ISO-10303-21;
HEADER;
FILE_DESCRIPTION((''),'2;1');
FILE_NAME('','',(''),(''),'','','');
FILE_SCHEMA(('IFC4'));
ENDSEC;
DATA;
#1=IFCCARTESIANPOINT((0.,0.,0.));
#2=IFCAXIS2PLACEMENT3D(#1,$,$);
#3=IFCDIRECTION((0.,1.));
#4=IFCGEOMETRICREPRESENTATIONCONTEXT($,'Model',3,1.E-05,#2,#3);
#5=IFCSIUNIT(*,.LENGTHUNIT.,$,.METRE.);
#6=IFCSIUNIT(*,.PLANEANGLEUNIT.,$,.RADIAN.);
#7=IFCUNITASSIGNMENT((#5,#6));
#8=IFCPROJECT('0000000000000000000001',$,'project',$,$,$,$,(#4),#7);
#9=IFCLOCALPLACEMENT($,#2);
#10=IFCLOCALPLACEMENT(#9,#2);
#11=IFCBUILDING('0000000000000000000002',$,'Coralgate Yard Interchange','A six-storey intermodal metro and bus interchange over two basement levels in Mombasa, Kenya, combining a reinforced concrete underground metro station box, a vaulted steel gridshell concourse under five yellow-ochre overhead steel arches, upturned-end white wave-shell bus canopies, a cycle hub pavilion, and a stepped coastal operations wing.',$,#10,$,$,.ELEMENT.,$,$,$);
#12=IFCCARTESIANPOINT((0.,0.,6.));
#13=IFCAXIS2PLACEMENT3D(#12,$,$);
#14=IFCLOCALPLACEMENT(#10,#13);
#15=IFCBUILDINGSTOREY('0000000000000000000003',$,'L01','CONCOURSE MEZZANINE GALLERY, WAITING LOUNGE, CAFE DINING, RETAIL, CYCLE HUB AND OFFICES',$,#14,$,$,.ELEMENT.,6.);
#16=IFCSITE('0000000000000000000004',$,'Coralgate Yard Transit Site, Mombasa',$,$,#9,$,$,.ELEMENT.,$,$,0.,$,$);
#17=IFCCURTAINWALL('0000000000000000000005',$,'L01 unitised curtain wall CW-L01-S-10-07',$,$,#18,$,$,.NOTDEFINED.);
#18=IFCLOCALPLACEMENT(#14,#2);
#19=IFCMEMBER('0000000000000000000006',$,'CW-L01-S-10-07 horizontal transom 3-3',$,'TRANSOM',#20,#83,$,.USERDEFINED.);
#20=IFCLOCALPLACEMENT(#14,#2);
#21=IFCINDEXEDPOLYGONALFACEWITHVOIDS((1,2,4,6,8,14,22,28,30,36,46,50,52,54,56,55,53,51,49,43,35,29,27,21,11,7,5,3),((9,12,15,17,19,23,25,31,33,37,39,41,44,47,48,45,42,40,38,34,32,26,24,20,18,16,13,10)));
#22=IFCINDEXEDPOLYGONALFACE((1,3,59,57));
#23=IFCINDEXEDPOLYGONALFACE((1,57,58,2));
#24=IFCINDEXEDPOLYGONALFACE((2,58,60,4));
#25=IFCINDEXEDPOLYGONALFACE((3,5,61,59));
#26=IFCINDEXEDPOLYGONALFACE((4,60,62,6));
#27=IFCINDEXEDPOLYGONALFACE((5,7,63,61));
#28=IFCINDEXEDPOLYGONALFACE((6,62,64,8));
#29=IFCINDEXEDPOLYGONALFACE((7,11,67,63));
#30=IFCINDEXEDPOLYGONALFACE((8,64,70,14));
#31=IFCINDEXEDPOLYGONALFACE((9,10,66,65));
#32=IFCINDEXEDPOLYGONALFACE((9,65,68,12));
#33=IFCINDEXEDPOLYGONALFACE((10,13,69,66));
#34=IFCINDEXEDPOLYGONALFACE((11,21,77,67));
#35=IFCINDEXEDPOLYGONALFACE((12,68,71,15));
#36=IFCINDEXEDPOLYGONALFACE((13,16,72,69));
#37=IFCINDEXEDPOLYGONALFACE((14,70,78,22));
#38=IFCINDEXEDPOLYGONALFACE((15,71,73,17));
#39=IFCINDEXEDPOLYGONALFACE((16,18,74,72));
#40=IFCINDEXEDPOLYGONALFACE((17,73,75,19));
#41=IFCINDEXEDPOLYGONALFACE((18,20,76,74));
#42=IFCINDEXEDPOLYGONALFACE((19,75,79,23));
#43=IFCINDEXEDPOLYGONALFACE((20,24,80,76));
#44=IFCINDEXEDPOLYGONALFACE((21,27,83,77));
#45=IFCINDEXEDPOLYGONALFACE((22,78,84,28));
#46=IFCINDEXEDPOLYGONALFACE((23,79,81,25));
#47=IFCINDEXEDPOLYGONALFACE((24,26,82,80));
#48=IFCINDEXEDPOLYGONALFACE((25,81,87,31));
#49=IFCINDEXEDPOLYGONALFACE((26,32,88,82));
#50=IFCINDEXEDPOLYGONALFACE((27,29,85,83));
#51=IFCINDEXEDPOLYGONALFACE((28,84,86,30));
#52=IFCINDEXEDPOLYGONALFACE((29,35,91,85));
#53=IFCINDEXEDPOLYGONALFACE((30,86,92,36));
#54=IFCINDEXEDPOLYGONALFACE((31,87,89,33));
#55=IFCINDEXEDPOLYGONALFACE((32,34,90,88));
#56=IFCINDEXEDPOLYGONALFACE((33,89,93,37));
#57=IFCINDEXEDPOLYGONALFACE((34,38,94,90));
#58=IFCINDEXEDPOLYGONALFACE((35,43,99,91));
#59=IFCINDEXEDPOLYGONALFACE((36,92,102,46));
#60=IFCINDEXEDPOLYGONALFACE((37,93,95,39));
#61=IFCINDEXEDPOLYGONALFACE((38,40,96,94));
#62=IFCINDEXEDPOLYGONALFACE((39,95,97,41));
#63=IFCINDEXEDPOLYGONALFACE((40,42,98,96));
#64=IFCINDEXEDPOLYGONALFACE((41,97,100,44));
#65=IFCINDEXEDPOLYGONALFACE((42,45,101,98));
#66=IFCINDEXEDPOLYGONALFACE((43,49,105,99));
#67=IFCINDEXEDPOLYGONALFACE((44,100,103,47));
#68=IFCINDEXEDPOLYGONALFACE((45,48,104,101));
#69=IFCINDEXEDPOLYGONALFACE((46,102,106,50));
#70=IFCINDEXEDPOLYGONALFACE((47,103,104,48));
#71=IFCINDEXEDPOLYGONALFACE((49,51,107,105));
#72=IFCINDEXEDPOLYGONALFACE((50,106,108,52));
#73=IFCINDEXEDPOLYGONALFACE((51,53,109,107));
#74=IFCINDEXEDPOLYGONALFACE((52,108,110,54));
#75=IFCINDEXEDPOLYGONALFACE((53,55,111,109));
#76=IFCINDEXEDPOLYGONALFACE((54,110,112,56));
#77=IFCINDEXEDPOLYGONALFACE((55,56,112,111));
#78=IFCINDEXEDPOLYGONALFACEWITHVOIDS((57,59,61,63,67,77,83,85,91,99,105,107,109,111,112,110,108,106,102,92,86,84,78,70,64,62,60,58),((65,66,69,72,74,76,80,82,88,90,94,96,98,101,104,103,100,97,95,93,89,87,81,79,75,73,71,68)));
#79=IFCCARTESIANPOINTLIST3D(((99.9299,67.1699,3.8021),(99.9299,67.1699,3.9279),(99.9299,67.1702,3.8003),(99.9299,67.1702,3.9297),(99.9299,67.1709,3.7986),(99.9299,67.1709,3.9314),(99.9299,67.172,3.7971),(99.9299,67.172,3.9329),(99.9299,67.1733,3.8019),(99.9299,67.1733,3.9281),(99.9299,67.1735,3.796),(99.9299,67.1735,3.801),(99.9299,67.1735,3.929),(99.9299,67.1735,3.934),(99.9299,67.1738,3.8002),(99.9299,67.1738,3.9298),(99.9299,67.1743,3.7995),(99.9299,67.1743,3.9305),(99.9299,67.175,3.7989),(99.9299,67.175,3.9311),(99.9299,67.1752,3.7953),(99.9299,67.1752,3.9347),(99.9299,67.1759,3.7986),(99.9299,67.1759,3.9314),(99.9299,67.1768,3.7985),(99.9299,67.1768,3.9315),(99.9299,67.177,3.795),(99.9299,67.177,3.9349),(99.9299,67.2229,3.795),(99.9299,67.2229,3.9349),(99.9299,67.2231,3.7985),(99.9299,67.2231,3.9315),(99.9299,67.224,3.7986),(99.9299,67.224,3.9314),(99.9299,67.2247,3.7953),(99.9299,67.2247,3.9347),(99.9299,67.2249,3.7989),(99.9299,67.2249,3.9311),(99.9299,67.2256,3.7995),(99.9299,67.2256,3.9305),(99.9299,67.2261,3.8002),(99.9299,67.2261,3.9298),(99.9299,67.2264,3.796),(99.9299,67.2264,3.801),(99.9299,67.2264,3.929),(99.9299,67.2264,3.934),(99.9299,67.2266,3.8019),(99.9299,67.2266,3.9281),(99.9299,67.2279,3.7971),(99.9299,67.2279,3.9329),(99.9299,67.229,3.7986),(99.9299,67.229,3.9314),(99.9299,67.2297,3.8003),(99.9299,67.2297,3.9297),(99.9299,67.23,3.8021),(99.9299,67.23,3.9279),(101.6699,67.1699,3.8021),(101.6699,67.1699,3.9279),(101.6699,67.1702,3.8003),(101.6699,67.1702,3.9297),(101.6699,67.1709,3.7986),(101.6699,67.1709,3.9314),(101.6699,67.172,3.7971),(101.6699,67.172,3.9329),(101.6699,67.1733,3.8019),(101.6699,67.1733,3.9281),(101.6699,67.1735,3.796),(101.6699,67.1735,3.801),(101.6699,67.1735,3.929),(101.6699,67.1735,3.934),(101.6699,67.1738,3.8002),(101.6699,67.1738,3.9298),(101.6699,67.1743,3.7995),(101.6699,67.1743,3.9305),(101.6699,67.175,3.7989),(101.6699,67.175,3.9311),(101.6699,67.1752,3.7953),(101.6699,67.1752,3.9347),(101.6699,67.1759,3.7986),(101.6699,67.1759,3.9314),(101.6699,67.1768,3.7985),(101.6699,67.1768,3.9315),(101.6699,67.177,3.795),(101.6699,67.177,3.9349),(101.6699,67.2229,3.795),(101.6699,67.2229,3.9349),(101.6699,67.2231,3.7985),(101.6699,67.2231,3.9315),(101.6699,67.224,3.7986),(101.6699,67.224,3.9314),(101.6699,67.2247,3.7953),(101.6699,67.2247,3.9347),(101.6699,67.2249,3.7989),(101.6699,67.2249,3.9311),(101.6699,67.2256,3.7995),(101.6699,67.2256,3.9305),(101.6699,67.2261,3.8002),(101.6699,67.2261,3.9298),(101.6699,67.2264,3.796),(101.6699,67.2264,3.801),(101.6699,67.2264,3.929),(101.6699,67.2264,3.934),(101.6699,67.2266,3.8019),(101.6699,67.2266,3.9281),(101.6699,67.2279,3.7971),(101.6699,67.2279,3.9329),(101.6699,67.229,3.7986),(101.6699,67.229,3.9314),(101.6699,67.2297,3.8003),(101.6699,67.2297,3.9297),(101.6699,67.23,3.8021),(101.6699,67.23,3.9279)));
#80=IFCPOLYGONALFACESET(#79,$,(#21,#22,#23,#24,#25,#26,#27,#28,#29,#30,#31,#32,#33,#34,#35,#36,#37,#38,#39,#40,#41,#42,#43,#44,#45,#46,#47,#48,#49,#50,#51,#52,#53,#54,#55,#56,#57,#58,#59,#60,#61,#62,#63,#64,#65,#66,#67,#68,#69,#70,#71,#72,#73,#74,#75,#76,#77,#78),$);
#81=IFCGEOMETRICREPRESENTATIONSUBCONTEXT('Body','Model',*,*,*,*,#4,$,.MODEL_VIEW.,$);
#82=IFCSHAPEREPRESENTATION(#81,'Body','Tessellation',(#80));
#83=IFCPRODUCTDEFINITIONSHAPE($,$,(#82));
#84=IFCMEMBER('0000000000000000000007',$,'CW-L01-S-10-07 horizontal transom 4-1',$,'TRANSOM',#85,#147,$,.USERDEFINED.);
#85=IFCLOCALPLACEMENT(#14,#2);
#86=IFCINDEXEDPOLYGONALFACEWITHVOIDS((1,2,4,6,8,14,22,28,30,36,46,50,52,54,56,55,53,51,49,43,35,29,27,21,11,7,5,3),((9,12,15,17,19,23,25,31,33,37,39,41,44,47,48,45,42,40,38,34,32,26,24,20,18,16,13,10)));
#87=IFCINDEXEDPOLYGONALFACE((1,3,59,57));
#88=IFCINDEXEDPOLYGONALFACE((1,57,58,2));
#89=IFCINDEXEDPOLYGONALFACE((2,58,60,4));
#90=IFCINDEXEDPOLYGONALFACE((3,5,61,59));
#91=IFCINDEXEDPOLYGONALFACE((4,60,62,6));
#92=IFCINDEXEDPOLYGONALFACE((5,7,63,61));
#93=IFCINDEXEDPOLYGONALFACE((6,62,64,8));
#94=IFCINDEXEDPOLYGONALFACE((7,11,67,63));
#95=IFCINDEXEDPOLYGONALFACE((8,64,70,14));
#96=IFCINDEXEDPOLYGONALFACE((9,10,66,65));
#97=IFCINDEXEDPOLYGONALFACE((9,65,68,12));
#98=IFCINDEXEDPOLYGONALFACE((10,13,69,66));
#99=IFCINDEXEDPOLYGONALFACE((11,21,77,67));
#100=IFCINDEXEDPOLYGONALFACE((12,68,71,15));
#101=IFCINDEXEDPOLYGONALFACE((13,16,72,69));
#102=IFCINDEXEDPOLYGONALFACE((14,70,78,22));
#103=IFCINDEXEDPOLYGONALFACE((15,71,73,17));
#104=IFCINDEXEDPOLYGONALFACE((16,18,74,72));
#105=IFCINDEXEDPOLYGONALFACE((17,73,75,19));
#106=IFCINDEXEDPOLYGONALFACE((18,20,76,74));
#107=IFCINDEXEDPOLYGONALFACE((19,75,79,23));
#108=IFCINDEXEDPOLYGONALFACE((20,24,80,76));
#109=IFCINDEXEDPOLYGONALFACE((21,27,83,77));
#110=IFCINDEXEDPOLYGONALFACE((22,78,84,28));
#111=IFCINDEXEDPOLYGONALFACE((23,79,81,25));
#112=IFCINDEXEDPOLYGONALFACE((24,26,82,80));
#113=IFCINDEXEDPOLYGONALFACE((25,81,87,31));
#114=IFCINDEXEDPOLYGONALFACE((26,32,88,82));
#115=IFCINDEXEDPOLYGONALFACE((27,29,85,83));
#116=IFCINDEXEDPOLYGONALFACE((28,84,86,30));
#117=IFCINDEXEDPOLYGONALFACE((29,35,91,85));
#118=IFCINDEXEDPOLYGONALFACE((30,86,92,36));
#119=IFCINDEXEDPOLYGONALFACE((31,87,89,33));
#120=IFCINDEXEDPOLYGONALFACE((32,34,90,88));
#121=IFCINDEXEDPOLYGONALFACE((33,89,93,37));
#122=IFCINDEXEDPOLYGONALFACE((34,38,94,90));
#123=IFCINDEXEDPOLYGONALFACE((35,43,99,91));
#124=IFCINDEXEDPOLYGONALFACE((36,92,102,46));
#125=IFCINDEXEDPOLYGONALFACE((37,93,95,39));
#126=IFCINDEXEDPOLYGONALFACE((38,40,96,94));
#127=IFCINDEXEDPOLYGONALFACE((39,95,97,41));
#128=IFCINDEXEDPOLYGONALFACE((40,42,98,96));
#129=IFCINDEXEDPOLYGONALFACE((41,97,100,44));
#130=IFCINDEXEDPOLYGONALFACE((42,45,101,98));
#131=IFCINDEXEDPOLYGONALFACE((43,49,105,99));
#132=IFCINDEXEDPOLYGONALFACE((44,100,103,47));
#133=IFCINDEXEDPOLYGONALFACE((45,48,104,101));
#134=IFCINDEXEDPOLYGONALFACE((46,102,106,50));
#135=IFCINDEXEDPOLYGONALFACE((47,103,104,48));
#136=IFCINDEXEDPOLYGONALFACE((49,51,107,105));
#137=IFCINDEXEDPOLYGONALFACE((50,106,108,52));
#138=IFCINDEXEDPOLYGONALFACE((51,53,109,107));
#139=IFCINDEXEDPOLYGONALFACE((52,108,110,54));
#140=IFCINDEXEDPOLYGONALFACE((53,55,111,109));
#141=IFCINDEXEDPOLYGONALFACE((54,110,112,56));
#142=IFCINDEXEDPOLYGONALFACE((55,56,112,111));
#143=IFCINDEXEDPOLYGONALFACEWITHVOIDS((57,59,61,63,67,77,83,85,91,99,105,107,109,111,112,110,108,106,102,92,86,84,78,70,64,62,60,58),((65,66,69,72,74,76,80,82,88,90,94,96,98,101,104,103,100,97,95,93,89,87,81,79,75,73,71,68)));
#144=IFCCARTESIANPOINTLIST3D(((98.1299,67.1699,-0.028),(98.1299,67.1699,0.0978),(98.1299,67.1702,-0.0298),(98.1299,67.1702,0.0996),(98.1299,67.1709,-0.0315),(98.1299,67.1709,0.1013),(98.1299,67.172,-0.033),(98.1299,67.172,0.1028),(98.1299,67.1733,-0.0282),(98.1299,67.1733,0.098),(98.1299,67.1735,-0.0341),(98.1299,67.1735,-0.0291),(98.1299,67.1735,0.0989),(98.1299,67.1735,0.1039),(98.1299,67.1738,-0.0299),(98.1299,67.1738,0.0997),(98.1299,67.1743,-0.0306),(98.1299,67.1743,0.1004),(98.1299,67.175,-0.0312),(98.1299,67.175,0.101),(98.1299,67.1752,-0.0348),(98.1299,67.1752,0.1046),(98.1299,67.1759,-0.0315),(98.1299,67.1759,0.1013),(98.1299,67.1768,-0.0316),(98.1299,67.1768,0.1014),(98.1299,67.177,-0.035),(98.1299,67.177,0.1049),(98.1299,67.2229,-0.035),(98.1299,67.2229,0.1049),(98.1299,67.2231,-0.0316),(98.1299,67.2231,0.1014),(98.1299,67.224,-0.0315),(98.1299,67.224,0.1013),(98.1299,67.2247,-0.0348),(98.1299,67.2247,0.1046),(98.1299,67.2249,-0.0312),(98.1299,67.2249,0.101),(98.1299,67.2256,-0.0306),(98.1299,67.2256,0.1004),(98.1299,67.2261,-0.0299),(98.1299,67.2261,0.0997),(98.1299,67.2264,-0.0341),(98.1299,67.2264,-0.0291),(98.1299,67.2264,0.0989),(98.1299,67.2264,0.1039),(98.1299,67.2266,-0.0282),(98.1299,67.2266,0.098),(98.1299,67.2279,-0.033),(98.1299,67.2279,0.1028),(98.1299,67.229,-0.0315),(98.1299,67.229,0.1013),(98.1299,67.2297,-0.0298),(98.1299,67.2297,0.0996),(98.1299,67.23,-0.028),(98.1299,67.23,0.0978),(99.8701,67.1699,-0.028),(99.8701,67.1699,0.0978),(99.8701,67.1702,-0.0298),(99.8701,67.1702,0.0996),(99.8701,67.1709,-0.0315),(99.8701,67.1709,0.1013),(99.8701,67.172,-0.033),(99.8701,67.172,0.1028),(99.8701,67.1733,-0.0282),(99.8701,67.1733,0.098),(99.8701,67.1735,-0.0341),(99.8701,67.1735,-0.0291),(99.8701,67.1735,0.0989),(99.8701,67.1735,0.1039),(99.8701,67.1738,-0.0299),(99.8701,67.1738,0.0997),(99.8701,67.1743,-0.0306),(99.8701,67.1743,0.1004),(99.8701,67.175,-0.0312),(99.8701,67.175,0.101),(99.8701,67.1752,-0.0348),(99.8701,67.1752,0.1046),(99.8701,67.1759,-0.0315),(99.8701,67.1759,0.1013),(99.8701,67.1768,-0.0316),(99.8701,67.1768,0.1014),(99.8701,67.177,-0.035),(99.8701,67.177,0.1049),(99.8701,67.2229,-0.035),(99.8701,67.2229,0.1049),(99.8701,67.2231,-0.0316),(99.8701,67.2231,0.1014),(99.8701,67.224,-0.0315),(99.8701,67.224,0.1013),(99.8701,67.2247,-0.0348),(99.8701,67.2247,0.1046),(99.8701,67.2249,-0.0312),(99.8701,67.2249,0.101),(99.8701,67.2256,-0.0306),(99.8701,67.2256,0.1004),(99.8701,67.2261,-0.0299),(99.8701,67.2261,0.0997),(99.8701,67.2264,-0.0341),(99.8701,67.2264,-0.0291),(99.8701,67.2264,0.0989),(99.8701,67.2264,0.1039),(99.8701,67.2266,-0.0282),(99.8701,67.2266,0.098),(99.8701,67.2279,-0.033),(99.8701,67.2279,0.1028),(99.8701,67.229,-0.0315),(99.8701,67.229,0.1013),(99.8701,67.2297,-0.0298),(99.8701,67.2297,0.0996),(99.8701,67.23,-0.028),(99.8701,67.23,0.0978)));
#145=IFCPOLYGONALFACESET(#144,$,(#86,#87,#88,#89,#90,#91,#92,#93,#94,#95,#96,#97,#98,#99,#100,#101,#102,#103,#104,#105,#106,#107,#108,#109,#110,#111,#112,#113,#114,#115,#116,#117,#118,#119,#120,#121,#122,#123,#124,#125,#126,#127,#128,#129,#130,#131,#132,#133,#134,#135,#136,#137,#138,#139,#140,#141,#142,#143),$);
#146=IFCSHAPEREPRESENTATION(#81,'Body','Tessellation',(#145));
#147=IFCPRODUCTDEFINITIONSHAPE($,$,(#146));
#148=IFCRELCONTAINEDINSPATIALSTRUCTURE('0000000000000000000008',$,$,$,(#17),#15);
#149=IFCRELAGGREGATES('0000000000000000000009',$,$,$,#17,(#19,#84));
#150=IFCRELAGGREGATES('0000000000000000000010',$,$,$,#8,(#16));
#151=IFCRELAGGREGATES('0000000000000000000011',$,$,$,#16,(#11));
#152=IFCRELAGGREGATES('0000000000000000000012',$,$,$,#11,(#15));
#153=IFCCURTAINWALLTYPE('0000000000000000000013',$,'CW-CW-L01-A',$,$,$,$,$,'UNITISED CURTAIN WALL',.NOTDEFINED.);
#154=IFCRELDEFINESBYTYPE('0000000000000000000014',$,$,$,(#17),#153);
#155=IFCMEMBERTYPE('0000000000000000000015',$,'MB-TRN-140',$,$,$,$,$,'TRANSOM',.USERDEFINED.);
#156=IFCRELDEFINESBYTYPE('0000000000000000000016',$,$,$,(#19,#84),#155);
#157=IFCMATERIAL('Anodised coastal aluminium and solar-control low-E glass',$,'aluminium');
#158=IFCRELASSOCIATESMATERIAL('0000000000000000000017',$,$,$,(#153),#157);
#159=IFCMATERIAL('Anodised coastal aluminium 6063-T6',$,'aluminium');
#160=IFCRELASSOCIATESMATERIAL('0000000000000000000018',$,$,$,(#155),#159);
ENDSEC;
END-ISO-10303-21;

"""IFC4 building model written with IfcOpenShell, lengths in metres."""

from ifc_helpers import new_model, si_unit, direction, frame, origin, origin_2d, place, context, subcontext, project, spatial, hollow_rectangle, extrude, material, material_profile, profile_set, type_object, element, aggregate, save


model = new_model("IFC4")

# Units and contexts
model_context = context("Model", 3, precision=1e-05, world=origin(), true_north=direction((0.0, 1.0)))
body_context = subcontext(model_context, "Body", "Model", "MODEL_VIEW")
ifc_project = project(units=[si_unit("LENGTHUNIT", "METRE"), si_unit("PLANEANGLEUNIT", "RADIAN")], contexts=[model_context])

# Site, building, storey
site_placement = place(None, origin())
site = spatial("IfcSite", under=ifc_project, at=site_placement, Name="Coralgate Yard Transit Site, Mombasa", CompositionType="ELEMENT", RefElevation=0.0)
building_placement = place(site_placement, origin())
building = spatial("IfcBuilding", under=site, at=building_placement, Name="Coralgate Yard Interchange", Description="A six-storey intermodal metro and bus interchange over two basement levels in Mombasa, Kenya, combining a reinforced concrete underground metro station box, a vaulted steel gridshell concourse under five yellow-ochre overhead steel arches, upturned-end white wave-shell bus canopies, a cycle hub pavilion, and a stepped coastal operations wing.", CompositionType="ELEMENT")
storey_placement = place(building_placement, frame((0.0, 0.0, 6.0)))
storey = spatial("IfcBuildingStorey", under=building, at=storey_placement, Name="L01", Description="CONCOURSE MEZZANINE GALLERY, WAITING LOUNGE, CAFE DINING, RETAIL, CYCLE HUB AND OFFICES", CompositionType="ELEMENT", Elevation=6.0)

# Curtain wall, members
ifc_material_1 = material(Name="Anodised coastal aluminium and solar-control low-E glass", Category="aluminium")
curtain_wall_type = type_object("IfcCurtainWallType", Name="CW-CW-L01-A", ElementType="UNITISED CURTAIN WALL", PredefinedType="NOTDEFINED", material=ifc_material_1)
curtain_wall_placement = place(storey_placement, origin())
curtain_wall = element("IfcCurtainWall", 1, at=curtain_wall_placement, inside=storey, type_object=curtain_wall_type, Name="L01 unitised curtain wall CW-L01-S-10-07", PredefinedType="NOTDEFINED")
ifc_material_2 = material(Name="Anodised coastal aluminium 6063-T6", Category="aluminium")
ifc_material_profile_1 = material_profile(ifc_material_2, hollow_rectangle(XDim=0.0601, YDim=0.1399, WallThickness=0.0034, InnerFilletRadius=0.0034, OuterFilletRadius=0.0071, at=origin_2d()), Name="ALU 60x140x3.5")
ifc_profile_set_1 = profile_set([ifc_material_profile_1], Name="Anodised coastal aluminium 6063-T6")
member_type_1 = type_object("IfcMemberType", Name="MB-TRN-140", ElementType="TRANSOM", PredefinedType="USERDEFINED", material=ifc_profile_set_1)
member_1_placement = place(storey_placement, frame((101.6699, 67.2, 3.865), z_axis=(-1.0, 0.0, 0.0), x_axis=(0.0, -1.0, 0.0)))
member_1 = element("IfcMember", 2, at=member_1_placement, type_object=member_type_1, Name="CW-L01-S-10-07 horizontal transom 3-3", ObjectType="TRANSOM", PredefinedType="USERDEFINED", context=body_context, shape_type="SweptSolid", body=[
    extrude(hollow_rectangle(XDim=0.0601, YDim=0.1399, WallThickness=0.0034, InnerFilletRadius=0.0034, OuterFilletRadius=0.0071, at=origin_2d()), origin(), (0.0, 0.0, 1.0), 1.74),
])
member_2_placement = place(storey_placement, frame((99.8701, 67.2, 0.0349), z_axis=(-1.0, 0.0, 0.0), x_axis=(0.0, -1.0, 0.0)))
member_2 = element("IfcMember", 3, at=member_2_placement, type_object=member_type_1, Name="CW-L01-S-10-07 horizontal transom 4-1", ObjectType="TRANSOM", PredefinedType="USERDEFINED", context=body_context, shape_type="SweptSolid", body=[
    extrude(hollow_rectangle(XDim=0.0601, YDim=0.1399, WallThickness=0.0034, InnerFilletRadius=0.0034, OuterFilletRadius=0.0071, at=origin_2d()), origin(), (0.0, 0.0, 1.0), 1.7402),
])
aggregate(curtain_wall, [member_1, member_2])

save(model, "model.ifc")
